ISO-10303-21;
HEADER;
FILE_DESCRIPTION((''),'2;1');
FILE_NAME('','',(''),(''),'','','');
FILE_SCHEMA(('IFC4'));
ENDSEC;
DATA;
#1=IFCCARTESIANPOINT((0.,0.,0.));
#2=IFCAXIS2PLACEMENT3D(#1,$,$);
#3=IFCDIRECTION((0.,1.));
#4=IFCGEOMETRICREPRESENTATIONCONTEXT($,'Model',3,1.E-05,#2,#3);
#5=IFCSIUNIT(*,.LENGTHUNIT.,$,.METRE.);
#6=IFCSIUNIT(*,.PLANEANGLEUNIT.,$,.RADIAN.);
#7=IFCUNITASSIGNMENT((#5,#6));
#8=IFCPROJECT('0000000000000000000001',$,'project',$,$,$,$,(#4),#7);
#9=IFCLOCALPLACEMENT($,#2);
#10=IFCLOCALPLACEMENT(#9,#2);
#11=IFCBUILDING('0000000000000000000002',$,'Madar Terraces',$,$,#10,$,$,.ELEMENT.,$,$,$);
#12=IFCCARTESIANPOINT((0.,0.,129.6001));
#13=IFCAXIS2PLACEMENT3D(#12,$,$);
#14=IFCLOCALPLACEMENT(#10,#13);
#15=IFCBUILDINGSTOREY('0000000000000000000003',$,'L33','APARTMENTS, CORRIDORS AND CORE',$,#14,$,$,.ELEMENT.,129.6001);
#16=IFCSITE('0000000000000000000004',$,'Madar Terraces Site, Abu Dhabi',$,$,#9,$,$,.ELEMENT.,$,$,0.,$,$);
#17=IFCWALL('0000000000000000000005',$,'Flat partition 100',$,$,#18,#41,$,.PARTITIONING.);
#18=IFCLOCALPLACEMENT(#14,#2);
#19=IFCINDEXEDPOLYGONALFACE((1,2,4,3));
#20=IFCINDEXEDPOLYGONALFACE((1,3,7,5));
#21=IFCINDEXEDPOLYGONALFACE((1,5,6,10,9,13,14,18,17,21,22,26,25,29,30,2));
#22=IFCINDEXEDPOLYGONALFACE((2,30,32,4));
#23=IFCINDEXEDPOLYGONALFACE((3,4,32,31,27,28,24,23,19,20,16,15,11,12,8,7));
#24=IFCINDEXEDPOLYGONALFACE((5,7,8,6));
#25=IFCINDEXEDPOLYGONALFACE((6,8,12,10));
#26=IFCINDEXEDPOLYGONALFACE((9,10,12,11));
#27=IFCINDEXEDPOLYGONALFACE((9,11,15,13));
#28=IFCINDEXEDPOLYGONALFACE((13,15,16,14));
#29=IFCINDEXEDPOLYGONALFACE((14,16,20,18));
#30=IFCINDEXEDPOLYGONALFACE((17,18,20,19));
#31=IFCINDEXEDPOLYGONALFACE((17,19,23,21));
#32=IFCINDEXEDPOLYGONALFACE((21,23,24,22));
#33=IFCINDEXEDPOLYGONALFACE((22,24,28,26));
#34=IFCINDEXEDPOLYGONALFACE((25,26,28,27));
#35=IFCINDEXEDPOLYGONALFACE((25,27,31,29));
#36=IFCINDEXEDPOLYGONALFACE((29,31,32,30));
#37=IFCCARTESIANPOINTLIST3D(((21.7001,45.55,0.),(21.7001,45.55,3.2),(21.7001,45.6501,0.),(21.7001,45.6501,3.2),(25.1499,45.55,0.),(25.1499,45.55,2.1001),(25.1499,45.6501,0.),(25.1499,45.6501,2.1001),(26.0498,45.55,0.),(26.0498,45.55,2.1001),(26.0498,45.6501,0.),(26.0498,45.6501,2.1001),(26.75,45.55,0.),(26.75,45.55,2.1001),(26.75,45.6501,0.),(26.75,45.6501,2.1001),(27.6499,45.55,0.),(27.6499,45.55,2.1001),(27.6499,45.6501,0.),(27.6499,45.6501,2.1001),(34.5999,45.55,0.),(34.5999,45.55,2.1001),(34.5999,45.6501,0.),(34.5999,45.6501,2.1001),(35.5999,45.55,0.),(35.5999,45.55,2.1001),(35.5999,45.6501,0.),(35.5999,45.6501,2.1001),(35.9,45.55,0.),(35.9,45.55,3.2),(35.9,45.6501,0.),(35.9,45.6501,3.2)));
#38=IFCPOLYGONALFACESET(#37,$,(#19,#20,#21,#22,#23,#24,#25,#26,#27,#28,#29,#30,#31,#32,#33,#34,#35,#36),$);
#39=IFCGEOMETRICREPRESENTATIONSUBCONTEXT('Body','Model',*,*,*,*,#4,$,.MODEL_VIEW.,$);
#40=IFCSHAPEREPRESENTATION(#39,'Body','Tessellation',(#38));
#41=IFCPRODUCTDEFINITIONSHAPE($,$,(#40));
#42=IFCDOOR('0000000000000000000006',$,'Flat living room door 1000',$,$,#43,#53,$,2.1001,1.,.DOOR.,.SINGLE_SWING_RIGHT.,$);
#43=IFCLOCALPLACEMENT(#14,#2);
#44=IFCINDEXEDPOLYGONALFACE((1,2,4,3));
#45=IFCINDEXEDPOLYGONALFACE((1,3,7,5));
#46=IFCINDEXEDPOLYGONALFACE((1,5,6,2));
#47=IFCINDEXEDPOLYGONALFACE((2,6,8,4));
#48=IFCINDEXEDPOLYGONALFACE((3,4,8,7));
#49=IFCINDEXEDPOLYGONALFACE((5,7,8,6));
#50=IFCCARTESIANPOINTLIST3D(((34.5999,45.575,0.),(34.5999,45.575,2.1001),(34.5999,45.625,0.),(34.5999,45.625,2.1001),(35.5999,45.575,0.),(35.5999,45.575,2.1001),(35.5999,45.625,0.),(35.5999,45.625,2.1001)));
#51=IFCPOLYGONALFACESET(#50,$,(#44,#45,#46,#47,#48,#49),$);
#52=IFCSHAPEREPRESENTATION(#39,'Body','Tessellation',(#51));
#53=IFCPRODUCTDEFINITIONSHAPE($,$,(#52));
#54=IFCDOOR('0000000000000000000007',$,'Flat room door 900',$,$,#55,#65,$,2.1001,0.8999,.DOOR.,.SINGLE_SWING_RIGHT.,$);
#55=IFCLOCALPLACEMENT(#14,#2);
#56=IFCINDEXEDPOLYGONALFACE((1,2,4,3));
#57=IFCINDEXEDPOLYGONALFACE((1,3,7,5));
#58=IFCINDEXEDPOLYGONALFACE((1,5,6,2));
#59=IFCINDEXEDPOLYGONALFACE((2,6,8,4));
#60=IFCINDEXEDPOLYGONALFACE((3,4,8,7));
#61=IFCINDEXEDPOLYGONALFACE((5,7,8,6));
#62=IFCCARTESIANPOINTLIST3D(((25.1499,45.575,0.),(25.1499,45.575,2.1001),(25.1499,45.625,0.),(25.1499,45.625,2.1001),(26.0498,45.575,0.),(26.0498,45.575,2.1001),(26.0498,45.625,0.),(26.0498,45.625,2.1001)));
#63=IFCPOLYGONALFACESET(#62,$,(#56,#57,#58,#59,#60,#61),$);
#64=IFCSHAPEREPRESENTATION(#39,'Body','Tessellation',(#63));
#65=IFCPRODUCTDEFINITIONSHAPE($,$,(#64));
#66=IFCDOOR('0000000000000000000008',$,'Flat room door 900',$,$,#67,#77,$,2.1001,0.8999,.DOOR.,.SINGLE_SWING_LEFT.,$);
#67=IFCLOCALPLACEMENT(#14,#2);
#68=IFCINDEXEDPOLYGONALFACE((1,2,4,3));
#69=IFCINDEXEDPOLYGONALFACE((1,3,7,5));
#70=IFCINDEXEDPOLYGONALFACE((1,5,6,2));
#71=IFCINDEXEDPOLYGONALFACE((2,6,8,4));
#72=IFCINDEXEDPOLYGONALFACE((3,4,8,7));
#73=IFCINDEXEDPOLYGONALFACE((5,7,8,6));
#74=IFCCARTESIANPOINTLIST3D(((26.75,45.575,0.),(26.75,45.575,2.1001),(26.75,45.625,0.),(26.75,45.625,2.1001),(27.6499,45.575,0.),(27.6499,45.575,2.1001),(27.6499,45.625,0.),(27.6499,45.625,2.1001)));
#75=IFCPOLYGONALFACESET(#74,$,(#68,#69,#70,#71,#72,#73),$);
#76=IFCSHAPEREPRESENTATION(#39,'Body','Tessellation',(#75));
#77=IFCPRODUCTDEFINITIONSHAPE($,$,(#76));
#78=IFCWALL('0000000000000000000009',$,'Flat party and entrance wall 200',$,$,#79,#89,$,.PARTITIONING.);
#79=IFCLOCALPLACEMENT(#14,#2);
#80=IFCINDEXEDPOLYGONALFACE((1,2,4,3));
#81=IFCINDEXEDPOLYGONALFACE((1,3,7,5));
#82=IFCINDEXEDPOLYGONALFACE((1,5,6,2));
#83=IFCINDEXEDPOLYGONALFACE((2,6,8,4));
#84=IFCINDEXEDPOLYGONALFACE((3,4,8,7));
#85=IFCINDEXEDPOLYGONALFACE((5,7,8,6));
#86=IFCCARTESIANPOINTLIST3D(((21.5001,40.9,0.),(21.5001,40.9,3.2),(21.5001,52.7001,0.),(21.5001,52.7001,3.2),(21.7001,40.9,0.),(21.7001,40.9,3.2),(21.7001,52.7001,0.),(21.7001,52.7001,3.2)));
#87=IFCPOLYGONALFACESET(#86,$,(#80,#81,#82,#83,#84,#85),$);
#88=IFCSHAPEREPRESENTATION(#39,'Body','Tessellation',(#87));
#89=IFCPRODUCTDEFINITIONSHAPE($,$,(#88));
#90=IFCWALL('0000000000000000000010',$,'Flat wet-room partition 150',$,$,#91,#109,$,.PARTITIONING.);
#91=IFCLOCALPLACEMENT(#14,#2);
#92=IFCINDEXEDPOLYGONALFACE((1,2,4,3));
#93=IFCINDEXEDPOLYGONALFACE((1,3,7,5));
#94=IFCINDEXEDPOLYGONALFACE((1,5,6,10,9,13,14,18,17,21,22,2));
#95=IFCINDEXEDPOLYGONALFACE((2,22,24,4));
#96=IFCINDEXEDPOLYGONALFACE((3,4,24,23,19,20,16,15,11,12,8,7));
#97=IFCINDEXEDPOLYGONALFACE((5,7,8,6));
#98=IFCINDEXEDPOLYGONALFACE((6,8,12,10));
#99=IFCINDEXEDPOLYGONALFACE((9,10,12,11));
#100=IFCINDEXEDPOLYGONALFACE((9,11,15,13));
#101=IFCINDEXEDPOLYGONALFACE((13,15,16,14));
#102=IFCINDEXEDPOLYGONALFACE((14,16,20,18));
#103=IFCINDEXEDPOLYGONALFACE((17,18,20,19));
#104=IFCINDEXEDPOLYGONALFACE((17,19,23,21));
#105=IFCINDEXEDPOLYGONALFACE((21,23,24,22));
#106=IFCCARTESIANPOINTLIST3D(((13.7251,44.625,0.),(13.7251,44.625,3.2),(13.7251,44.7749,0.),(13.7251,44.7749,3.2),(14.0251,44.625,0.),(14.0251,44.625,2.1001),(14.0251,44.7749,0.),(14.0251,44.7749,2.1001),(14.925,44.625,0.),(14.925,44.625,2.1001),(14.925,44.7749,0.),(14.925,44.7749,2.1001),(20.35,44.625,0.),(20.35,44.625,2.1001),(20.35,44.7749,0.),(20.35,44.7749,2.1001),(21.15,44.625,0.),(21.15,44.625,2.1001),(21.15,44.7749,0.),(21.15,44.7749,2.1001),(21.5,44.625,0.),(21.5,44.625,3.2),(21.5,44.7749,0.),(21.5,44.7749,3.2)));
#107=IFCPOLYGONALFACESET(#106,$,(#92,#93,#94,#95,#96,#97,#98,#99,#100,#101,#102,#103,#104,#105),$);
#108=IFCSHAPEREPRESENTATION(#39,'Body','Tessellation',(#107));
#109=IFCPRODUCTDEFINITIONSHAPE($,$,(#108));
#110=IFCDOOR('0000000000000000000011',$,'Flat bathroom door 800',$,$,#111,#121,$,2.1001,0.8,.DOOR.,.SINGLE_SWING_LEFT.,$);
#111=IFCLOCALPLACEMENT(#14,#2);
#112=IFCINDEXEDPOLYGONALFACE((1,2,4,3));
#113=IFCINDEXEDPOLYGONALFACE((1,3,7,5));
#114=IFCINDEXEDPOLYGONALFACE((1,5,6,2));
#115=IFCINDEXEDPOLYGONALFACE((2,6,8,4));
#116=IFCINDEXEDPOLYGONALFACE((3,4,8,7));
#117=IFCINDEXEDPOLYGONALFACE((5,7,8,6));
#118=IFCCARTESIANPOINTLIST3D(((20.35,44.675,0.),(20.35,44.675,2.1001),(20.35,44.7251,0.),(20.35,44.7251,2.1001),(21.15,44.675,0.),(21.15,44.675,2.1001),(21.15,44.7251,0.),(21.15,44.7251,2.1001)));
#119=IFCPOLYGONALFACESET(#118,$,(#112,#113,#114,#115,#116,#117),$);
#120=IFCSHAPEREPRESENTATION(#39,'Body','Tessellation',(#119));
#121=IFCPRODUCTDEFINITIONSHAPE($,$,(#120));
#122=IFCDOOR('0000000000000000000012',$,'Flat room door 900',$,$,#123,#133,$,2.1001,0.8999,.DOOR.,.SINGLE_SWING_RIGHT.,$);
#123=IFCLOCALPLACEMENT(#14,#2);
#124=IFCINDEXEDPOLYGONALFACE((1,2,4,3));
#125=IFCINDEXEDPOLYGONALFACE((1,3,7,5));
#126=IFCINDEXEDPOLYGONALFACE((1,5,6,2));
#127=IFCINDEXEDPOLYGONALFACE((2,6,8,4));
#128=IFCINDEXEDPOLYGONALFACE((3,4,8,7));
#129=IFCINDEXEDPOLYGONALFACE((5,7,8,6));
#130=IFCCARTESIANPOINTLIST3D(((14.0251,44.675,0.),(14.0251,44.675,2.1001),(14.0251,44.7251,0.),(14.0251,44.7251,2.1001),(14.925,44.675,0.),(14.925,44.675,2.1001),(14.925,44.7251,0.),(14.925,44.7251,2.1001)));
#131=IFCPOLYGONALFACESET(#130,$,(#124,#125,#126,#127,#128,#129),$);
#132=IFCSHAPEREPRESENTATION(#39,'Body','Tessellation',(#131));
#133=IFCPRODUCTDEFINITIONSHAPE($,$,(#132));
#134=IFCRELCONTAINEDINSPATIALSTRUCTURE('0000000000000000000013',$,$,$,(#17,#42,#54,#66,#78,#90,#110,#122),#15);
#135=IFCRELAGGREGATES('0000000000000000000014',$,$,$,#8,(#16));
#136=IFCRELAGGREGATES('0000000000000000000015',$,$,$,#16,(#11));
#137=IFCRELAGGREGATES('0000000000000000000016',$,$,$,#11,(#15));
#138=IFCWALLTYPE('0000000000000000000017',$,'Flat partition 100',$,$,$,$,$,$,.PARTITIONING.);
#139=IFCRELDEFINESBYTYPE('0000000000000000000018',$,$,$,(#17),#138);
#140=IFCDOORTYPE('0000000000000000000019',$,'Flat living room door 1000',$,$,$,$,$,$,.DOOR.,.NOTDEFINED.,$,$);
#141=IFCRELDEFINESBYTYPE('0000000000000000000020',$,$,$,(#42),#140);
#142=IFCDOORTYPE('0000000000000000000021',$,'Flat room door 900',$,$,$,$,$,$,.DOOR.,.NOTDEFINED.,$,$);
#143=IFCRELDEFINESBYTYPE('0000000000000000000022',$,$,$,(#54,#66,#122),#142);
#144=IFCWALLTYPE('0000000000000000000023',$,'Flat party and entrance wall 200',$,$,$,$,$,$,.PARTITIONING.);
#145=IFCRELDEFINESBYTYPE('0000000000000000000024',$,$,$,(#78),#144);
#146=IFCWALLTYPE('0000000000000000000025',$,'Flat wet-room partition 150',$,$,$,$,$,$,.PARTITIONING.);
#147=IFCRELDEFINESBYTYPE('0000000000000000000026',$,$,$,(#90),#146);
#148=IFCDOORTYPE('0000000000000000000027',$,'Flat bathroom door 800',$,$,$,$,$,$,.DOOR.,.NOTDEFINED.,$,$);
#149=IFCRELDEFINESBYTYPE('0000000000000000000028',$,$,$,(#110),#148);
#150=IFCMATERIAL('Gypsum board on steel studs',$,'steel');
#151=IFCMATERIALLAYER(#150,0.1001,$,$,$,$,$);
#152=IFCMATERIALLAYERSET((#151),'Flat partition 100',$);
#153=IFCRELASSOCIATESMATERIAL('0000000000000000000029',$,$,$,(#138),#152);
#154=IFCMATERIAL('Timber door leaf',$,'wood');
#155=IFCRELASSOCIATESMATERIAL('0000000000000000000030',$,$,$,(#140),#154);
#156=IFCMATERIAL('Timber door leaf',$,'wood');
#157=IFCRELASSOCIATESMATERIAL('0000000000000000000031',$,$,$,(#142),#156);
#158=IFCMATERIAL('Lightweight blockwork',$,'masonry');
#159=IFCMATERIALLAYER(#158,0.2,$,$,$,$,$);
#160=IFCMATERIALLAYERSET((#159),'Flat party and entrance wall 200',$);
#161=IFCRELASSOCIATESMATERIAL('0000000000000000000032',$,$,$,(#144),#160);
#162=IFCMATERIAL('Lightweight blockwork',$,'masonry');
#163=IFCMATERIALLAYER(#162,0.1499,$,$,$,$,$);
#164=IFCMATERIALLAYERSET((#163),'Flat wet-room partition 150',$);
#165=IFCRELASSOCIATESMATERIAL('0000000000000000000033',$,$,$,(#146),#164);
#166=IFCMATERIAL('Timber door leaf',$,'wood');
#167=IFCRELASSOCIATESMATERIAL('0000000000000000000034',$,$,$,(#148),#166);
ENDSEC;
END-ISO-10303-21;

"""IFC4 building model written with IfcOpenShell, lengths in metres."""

from ifc_helpers import new_model, si_unit, direction, frame, frame_2d, origin, place, context, subcontext, project, spatial, rectangle, extrude, material, layer, layer_set, type_object, element, fill, save


model = new_model("IFC4")

# Units and contexts
model_context = context("Model", 3, precision=1e-05, world=origin(), true_north=direction((0.0, 1.0)))
body_context = subcontext(model_context, "Body", "Model", "MODEL_VIEW")
ifc_project = project(units=[si_unit("LENGTHUNIT", "METRE"), si_unit("PLANEANGLEUNIT", "RADIAN")], contexts=[model_context])

# Site, building, storey
site_placement = place(None, origin())
site = spatial("IfcSite", under=ifc_project, at=site_placement, Name="Madar Terraces Site, Abu Dhabi", CompositionType="ELEMENT", RefElevation=0.0)
building_placement = place(site_placement, origin())
building = spatial("IfcBuilding", under=site, at=building_placement, Name="Madar Terraces", CompositionType="ELEMENT")
storey_placement = place(building_placement, frame((0.0, 0.0, 129.6001)))
storey = spatial("IfcBuildingStorey", under=building, at=storey_placement, Name="L33", Description="APARTMENTS, CORRIDORS AND CORE", CompositionType="ELEMENT", Elevation=129.6001)

# Shared definitions
ifc_material_1 = material(Name="Gypsum board on steel studs", Category="steel")
ifc_layer_1 = layer(ifc_material_1, 0.1001)
ifc_layer_set_1 = layer_set([ifc_layer_1], Name="Flat partition 100")
wall_type_1 = type_object("IfcWallType", Name="Flat partition 100", PredefinedType="PARTITIONING", material=ifc_layer_set_1)

# Wall, openings, doors
wall_1_placement = place(storey_placement, frame((21.7, 45.6001, 0.0), z_axis=(0.0, 0.0, 1.0), x_axis=(1.0, 0.0, 0.0)))
wall_1 = element("IfcWall", 1, at=wall_1_placement, inside=storey, type_object=wall_type_1, Name="Flat partition 100", PredefinedType="PARTITIONING", context=body_context, shape_type="SweptSolid", body=[
    extrude(rectangle(XDim=14.2, YDim=0.1001, at=frame_2d((7.1001, 0.0))), origin(), (0.0, 0.0, 1.0), 3.2),
])
opening_1_placement = place(wall_1_placement, frame((3.45, 0.0, 0.0)))
opening_1 = element("IfcOpeningElement", 2, at=opening_1_placement, cuts=wall_1, PredefinedType="OPENING", context=body_context, shape_type="SweptSolid", body=[
    extrude(rectangle(XDim=0.8999, YDim=2.1001, at=frame_2d((0.45, 1.05))), frame((0.0, 0.0601, 0.0), z_axis=(0.0, -1.0, 0.0), x_axis=(1.0, 0.0, 0.0)), (0.0, 0.0, 1.0), 0.1201),
])
opening_2_placement = place(wall_1_placement, frame((5.05, 0.0, 0.0)))
opening_2 = element("IfcOpeningElement", 3, at=opening_2_placement, cuts=wall_1, PredefinedType="OPENING", context=body_context, shape_type="SweptSolid", body=[
    extrude(rectangle(XDim=0.8999, YDim=2.1001, at=frame_2d((0.45, 1.05))), frame((0.0, 0.0601, 0.0), z_axis=(0.0, -1.0, 0.0), x_axis=(1.0, 0.0, 0.0)), (0.0, 0.0, 1.0), 0.1201),
])
opening_3_placement = place(wall_1_placement, frame((12.8999, 0.0, 0.0)))
opening_3 = element("IfcOpeningElement", 4, at=opening_3_placement, cuts=wall_1, PredefinedType="OPENING", context=body_context, shape_type="SweptSolid", body=[
    extrude(rectangle(XDim=1.0, YDim=2.1001, at=frame_2d((0.5, 1.05))), frame((0.0, 0.0601, 0.0), z_axis=(0.0, -1.0, 0.0), x_axis=(1.0, 0.0, 0.0)), (0.0, 0.0, 1.0), 0.1201),
])
ifc_material_2 = material(Name="Timber door leaf", Category="wood")
door_type_1 = type_object("IfcDoorType", Name="Flat living room door 1000", OperationType="NOTDEFINED", PredefinedType="DOOR", material=ifc_material_2)
door_1_placement = place(opening_3_placement, origin())
door_1 = element("IfcDoor", 5, at=door_1_placement, inside=storey, type_object=door_type_1, Name="Flat living room door 1000", OperationType="SINGLE_SWING_RIGHT", OverallHeight=2.1001, OverallWidth=1.0, PredefinedType="DOOR", context=body_context, shape_type="SweptSolid", body=[
    extrude(rectangle(XDim=1.0, YDim=2.1001, at=frame_2d((0.5, 1.05))), frame((0.0, 0.0249, 0.0), z_axis=(0.0, -1.0, 0.0), x_axis=(1.0, 0.0, 0.0)), (0.0, 0.0, 1.0), 0.05),
])
fill(opening_3, door_1)
ifc_material_3 = material(Name="Timber door leaf", Category="wood")
door_type_2 = type_object("IfcDoorType", Name="Flat room door 900", OperationType="NOTDEFINED", PredefinedType="DOOR", material=ifc_material_3)
door_2_placement = place(opening_1_placement, origin())
door_2 = element("IfcDoor", 6, at=door_2_placement, inside=storey, type_object=door_type_2, Name="Flat room door 900", OperationType="SINGLE_SWING_RIGHT", OverallHeight=2.1001, OverallWidth=0.8999, PredefinedType="DOOR", context=body_context, shape_type="SweptSolid", body=[
    extrude(rectangle(XDim=0.8999, YDim=2.1001, at=frame_2d((0.45, 1.05))), frame((0.0, 0.0249, 0.0), z_axis=(0.0, -1.0, 0.0), x_axis=(1.0, 0.0, 0.0)), (0.0, 0.0, 1.0), 0.05),
])
fill(opening_1, door_2)
door_3_placement = place(opening_2_placement, origin())
door_3 = element("IfcDoor", 7, at=door_3_placement, inside=storey, type_object=door_type_2, Name="Flat room door 900", OperationType="SINGLE_SWING_LEFT", OverallHeight=2.1001, OverallWidth=0.8999, PredefinedType="DOOR", context=body_context, shape_type="SweptSolid", body=[
    extrude(rectangle(XDim=0.8999, YDim=2.1001, at=frame_2d((0.45, 1.05))), frame((0.0, 0.0249, 0.0), z_axis=(0.0, -1.0, 0.0), x_axis=(1.0, 0.0, 0.0)), (0.0, 0.0, 1.0), 0.05),
])
fill(opening_2, door_3)

# Wall
ifc_material_4 = material(Name="Lightweight blockwork", Category="masonry")
ifc_layer_2 = layer(ifc_material_4, 0.2)
ifc_layer_set_2 = layer_set([ifc_layer_2], Name="Flat party and entrance wall 200")
wall_type_2 = type_object("IfcWallType", Name="Flat party and entrance wall 200", PredefinedType="PARTITIONING", material=ifc_layer_set_2)
wall_2_placement = place(storey_placement, frame((21.6001, 52.7, 0.0), z_axis=(0.0, 0.0, 1.0), x_axis=(0.0, -1.0, 0.0)))
element("IfcWall", 8, at=wall_2_placement, inside=storey, type_object=wall_type_2, Name="Flat party and entrance wall 200", PredefinedType="PARTITIONING", context=body_context, shape_type="SweptSolid", body=[
    extrude(rectangle(XDim=11.8, YDim=0.2, at=frame_2d((5.8999, 0.0))), origin(), (0.0, 0.0, 1.0), 3.2),
])

# Wall, openings, doors
ifc_material_5 = material(Name="Lightweight blockwork", Category="masonry")
ifc_layer_3 = layer(ifc_material_5, 0.1499)
ifc_layer_set_3 = layer_set([ifc_layer_3], Name="Flat wet-room partition 150")
wall_type_3 = type_object("IfcWallType", Name="Flat wet-room partition 150", PredefinedType="PARTITIONING", material=ifc_layer_set_3)
wall_3_placement = place(storey_placement, frame((21.5, 44.7, 0.0), z_axis=(0.0, 0.0, 1.0), x_axis=(-1.0, 0.0, 0.0)))
wall_3 = element("IfcWall", 9, at=wall_3_placement, inside=storey, type_object=wall_type_3, Name="Flat wet-room partition 150", PredefinedType="PARTITIONING", context=body_context, shape_type="SweptSolid", body=[
    extrude(rectangle(XDim=7.7749, YDim=0.1499, at=frame_2d((3.8875, 0.0))), origin(), (0.0, 0.0, 1.0), 3.2),
])
opening_4_placement = place(wall_3_placement, frame((6.575, 0.0, 0.0)))
opening_4 = element("IfcOpeningElement", 10, at=opening_4_placement, cuts=wall_3, PredefinedType="OPENING", context=body_context, shape_type="SweptSolid", body=[
    extrude(rectangle(XDim=0.8999, YDim=2.1001, at=frame_2d((0.45, 1.05))), frame((0.0, 0.085, 0.0), z_axis=(0.0, -1.0, 0.0), x_axis=(1.0, 0.0, 0.0)), (0.0, 0.0, 1.0), 0.1699),
])
opening_5_placement = place(wall_3_placement, frame((0.3501, 0.0, 0.0)))
opening_5 = element("IfcOpeningElement", 11, at=opening_5_placement, cuts=wall_3, PredefinedType="OPENING", context=body_context, shape_type="SweptSolid", body=[
    extrude(rectangle(XDim=0.8, YDim=2.1001, at=frame_2d((0.3999, 1.05))), frame((0.0, 0.085, 0.0), z_axis=(0.0, -1.0, 0.0), x_axis=(1.0, 0.0, 0.0)), (0.0, 0.0, 1.0), 0.1699),
])
ifc_material_6 = material(Name="Timber door leaf", Category="wood")
door_type_3 = type_object("IfcDoorType", Name="Flat bathroom door 800", OperationType="NOTDEFINED", PredefinedType="DOOR", material=ifc_material_6)
door_4_placement = place(opening_5_placement, origin())
door_4 = element("IfcDoor", 12, at=door_4_placement, inside=storey, type_object=door_type_3, Name="Flat bathroom door 800", OperationType="SINGLE_SWING_LEFT", OverallHeight=2.1001, OverallWidth=0.8, PredefinedType="DOOR", context=body_context, shape_type="SweptSolid", body=[
    extrude(rectangle(XDim=0.8, YDim=2.1001, at=frame_2d((0.3999, 1.05))), frame((0.0, 0.0249, 0.0), z_axis=(0.0, -1.0, 0.0), x_axis=(1.0, 0.0, 0.0)), (0.0, 0.0, 1.0), 0.05),
])
fill(opening_5, door_4)
door_5_placement = place(opening_4_placement, origin())
door_5 = element("IfcDoor", 13, at=door_5_placement, inside=storey, type_object=door_type_2, Name="Flat room door 900", OperationType="SINGLE_SWING_RIGHT", OverallHeight=2.1001, OverallWidth=0.8999, PredefinedType="DOOR", context=body_context, shape_type="SweptSolid", body=[
    extrude(rectangle(XDim=0.8999, YDim=2.1001, at=frame_2d((0.45, 1.05))), frame((0.0, 0.0249, 0.0), z_axis=(0.0, -1.0, 0.0), x_axis=(1.0, 0.0, 0.0)), (0.0, 0.0, 1.0), 0.05),
])
fill(opening_4, door_5)

save(model, "model.ifc")
